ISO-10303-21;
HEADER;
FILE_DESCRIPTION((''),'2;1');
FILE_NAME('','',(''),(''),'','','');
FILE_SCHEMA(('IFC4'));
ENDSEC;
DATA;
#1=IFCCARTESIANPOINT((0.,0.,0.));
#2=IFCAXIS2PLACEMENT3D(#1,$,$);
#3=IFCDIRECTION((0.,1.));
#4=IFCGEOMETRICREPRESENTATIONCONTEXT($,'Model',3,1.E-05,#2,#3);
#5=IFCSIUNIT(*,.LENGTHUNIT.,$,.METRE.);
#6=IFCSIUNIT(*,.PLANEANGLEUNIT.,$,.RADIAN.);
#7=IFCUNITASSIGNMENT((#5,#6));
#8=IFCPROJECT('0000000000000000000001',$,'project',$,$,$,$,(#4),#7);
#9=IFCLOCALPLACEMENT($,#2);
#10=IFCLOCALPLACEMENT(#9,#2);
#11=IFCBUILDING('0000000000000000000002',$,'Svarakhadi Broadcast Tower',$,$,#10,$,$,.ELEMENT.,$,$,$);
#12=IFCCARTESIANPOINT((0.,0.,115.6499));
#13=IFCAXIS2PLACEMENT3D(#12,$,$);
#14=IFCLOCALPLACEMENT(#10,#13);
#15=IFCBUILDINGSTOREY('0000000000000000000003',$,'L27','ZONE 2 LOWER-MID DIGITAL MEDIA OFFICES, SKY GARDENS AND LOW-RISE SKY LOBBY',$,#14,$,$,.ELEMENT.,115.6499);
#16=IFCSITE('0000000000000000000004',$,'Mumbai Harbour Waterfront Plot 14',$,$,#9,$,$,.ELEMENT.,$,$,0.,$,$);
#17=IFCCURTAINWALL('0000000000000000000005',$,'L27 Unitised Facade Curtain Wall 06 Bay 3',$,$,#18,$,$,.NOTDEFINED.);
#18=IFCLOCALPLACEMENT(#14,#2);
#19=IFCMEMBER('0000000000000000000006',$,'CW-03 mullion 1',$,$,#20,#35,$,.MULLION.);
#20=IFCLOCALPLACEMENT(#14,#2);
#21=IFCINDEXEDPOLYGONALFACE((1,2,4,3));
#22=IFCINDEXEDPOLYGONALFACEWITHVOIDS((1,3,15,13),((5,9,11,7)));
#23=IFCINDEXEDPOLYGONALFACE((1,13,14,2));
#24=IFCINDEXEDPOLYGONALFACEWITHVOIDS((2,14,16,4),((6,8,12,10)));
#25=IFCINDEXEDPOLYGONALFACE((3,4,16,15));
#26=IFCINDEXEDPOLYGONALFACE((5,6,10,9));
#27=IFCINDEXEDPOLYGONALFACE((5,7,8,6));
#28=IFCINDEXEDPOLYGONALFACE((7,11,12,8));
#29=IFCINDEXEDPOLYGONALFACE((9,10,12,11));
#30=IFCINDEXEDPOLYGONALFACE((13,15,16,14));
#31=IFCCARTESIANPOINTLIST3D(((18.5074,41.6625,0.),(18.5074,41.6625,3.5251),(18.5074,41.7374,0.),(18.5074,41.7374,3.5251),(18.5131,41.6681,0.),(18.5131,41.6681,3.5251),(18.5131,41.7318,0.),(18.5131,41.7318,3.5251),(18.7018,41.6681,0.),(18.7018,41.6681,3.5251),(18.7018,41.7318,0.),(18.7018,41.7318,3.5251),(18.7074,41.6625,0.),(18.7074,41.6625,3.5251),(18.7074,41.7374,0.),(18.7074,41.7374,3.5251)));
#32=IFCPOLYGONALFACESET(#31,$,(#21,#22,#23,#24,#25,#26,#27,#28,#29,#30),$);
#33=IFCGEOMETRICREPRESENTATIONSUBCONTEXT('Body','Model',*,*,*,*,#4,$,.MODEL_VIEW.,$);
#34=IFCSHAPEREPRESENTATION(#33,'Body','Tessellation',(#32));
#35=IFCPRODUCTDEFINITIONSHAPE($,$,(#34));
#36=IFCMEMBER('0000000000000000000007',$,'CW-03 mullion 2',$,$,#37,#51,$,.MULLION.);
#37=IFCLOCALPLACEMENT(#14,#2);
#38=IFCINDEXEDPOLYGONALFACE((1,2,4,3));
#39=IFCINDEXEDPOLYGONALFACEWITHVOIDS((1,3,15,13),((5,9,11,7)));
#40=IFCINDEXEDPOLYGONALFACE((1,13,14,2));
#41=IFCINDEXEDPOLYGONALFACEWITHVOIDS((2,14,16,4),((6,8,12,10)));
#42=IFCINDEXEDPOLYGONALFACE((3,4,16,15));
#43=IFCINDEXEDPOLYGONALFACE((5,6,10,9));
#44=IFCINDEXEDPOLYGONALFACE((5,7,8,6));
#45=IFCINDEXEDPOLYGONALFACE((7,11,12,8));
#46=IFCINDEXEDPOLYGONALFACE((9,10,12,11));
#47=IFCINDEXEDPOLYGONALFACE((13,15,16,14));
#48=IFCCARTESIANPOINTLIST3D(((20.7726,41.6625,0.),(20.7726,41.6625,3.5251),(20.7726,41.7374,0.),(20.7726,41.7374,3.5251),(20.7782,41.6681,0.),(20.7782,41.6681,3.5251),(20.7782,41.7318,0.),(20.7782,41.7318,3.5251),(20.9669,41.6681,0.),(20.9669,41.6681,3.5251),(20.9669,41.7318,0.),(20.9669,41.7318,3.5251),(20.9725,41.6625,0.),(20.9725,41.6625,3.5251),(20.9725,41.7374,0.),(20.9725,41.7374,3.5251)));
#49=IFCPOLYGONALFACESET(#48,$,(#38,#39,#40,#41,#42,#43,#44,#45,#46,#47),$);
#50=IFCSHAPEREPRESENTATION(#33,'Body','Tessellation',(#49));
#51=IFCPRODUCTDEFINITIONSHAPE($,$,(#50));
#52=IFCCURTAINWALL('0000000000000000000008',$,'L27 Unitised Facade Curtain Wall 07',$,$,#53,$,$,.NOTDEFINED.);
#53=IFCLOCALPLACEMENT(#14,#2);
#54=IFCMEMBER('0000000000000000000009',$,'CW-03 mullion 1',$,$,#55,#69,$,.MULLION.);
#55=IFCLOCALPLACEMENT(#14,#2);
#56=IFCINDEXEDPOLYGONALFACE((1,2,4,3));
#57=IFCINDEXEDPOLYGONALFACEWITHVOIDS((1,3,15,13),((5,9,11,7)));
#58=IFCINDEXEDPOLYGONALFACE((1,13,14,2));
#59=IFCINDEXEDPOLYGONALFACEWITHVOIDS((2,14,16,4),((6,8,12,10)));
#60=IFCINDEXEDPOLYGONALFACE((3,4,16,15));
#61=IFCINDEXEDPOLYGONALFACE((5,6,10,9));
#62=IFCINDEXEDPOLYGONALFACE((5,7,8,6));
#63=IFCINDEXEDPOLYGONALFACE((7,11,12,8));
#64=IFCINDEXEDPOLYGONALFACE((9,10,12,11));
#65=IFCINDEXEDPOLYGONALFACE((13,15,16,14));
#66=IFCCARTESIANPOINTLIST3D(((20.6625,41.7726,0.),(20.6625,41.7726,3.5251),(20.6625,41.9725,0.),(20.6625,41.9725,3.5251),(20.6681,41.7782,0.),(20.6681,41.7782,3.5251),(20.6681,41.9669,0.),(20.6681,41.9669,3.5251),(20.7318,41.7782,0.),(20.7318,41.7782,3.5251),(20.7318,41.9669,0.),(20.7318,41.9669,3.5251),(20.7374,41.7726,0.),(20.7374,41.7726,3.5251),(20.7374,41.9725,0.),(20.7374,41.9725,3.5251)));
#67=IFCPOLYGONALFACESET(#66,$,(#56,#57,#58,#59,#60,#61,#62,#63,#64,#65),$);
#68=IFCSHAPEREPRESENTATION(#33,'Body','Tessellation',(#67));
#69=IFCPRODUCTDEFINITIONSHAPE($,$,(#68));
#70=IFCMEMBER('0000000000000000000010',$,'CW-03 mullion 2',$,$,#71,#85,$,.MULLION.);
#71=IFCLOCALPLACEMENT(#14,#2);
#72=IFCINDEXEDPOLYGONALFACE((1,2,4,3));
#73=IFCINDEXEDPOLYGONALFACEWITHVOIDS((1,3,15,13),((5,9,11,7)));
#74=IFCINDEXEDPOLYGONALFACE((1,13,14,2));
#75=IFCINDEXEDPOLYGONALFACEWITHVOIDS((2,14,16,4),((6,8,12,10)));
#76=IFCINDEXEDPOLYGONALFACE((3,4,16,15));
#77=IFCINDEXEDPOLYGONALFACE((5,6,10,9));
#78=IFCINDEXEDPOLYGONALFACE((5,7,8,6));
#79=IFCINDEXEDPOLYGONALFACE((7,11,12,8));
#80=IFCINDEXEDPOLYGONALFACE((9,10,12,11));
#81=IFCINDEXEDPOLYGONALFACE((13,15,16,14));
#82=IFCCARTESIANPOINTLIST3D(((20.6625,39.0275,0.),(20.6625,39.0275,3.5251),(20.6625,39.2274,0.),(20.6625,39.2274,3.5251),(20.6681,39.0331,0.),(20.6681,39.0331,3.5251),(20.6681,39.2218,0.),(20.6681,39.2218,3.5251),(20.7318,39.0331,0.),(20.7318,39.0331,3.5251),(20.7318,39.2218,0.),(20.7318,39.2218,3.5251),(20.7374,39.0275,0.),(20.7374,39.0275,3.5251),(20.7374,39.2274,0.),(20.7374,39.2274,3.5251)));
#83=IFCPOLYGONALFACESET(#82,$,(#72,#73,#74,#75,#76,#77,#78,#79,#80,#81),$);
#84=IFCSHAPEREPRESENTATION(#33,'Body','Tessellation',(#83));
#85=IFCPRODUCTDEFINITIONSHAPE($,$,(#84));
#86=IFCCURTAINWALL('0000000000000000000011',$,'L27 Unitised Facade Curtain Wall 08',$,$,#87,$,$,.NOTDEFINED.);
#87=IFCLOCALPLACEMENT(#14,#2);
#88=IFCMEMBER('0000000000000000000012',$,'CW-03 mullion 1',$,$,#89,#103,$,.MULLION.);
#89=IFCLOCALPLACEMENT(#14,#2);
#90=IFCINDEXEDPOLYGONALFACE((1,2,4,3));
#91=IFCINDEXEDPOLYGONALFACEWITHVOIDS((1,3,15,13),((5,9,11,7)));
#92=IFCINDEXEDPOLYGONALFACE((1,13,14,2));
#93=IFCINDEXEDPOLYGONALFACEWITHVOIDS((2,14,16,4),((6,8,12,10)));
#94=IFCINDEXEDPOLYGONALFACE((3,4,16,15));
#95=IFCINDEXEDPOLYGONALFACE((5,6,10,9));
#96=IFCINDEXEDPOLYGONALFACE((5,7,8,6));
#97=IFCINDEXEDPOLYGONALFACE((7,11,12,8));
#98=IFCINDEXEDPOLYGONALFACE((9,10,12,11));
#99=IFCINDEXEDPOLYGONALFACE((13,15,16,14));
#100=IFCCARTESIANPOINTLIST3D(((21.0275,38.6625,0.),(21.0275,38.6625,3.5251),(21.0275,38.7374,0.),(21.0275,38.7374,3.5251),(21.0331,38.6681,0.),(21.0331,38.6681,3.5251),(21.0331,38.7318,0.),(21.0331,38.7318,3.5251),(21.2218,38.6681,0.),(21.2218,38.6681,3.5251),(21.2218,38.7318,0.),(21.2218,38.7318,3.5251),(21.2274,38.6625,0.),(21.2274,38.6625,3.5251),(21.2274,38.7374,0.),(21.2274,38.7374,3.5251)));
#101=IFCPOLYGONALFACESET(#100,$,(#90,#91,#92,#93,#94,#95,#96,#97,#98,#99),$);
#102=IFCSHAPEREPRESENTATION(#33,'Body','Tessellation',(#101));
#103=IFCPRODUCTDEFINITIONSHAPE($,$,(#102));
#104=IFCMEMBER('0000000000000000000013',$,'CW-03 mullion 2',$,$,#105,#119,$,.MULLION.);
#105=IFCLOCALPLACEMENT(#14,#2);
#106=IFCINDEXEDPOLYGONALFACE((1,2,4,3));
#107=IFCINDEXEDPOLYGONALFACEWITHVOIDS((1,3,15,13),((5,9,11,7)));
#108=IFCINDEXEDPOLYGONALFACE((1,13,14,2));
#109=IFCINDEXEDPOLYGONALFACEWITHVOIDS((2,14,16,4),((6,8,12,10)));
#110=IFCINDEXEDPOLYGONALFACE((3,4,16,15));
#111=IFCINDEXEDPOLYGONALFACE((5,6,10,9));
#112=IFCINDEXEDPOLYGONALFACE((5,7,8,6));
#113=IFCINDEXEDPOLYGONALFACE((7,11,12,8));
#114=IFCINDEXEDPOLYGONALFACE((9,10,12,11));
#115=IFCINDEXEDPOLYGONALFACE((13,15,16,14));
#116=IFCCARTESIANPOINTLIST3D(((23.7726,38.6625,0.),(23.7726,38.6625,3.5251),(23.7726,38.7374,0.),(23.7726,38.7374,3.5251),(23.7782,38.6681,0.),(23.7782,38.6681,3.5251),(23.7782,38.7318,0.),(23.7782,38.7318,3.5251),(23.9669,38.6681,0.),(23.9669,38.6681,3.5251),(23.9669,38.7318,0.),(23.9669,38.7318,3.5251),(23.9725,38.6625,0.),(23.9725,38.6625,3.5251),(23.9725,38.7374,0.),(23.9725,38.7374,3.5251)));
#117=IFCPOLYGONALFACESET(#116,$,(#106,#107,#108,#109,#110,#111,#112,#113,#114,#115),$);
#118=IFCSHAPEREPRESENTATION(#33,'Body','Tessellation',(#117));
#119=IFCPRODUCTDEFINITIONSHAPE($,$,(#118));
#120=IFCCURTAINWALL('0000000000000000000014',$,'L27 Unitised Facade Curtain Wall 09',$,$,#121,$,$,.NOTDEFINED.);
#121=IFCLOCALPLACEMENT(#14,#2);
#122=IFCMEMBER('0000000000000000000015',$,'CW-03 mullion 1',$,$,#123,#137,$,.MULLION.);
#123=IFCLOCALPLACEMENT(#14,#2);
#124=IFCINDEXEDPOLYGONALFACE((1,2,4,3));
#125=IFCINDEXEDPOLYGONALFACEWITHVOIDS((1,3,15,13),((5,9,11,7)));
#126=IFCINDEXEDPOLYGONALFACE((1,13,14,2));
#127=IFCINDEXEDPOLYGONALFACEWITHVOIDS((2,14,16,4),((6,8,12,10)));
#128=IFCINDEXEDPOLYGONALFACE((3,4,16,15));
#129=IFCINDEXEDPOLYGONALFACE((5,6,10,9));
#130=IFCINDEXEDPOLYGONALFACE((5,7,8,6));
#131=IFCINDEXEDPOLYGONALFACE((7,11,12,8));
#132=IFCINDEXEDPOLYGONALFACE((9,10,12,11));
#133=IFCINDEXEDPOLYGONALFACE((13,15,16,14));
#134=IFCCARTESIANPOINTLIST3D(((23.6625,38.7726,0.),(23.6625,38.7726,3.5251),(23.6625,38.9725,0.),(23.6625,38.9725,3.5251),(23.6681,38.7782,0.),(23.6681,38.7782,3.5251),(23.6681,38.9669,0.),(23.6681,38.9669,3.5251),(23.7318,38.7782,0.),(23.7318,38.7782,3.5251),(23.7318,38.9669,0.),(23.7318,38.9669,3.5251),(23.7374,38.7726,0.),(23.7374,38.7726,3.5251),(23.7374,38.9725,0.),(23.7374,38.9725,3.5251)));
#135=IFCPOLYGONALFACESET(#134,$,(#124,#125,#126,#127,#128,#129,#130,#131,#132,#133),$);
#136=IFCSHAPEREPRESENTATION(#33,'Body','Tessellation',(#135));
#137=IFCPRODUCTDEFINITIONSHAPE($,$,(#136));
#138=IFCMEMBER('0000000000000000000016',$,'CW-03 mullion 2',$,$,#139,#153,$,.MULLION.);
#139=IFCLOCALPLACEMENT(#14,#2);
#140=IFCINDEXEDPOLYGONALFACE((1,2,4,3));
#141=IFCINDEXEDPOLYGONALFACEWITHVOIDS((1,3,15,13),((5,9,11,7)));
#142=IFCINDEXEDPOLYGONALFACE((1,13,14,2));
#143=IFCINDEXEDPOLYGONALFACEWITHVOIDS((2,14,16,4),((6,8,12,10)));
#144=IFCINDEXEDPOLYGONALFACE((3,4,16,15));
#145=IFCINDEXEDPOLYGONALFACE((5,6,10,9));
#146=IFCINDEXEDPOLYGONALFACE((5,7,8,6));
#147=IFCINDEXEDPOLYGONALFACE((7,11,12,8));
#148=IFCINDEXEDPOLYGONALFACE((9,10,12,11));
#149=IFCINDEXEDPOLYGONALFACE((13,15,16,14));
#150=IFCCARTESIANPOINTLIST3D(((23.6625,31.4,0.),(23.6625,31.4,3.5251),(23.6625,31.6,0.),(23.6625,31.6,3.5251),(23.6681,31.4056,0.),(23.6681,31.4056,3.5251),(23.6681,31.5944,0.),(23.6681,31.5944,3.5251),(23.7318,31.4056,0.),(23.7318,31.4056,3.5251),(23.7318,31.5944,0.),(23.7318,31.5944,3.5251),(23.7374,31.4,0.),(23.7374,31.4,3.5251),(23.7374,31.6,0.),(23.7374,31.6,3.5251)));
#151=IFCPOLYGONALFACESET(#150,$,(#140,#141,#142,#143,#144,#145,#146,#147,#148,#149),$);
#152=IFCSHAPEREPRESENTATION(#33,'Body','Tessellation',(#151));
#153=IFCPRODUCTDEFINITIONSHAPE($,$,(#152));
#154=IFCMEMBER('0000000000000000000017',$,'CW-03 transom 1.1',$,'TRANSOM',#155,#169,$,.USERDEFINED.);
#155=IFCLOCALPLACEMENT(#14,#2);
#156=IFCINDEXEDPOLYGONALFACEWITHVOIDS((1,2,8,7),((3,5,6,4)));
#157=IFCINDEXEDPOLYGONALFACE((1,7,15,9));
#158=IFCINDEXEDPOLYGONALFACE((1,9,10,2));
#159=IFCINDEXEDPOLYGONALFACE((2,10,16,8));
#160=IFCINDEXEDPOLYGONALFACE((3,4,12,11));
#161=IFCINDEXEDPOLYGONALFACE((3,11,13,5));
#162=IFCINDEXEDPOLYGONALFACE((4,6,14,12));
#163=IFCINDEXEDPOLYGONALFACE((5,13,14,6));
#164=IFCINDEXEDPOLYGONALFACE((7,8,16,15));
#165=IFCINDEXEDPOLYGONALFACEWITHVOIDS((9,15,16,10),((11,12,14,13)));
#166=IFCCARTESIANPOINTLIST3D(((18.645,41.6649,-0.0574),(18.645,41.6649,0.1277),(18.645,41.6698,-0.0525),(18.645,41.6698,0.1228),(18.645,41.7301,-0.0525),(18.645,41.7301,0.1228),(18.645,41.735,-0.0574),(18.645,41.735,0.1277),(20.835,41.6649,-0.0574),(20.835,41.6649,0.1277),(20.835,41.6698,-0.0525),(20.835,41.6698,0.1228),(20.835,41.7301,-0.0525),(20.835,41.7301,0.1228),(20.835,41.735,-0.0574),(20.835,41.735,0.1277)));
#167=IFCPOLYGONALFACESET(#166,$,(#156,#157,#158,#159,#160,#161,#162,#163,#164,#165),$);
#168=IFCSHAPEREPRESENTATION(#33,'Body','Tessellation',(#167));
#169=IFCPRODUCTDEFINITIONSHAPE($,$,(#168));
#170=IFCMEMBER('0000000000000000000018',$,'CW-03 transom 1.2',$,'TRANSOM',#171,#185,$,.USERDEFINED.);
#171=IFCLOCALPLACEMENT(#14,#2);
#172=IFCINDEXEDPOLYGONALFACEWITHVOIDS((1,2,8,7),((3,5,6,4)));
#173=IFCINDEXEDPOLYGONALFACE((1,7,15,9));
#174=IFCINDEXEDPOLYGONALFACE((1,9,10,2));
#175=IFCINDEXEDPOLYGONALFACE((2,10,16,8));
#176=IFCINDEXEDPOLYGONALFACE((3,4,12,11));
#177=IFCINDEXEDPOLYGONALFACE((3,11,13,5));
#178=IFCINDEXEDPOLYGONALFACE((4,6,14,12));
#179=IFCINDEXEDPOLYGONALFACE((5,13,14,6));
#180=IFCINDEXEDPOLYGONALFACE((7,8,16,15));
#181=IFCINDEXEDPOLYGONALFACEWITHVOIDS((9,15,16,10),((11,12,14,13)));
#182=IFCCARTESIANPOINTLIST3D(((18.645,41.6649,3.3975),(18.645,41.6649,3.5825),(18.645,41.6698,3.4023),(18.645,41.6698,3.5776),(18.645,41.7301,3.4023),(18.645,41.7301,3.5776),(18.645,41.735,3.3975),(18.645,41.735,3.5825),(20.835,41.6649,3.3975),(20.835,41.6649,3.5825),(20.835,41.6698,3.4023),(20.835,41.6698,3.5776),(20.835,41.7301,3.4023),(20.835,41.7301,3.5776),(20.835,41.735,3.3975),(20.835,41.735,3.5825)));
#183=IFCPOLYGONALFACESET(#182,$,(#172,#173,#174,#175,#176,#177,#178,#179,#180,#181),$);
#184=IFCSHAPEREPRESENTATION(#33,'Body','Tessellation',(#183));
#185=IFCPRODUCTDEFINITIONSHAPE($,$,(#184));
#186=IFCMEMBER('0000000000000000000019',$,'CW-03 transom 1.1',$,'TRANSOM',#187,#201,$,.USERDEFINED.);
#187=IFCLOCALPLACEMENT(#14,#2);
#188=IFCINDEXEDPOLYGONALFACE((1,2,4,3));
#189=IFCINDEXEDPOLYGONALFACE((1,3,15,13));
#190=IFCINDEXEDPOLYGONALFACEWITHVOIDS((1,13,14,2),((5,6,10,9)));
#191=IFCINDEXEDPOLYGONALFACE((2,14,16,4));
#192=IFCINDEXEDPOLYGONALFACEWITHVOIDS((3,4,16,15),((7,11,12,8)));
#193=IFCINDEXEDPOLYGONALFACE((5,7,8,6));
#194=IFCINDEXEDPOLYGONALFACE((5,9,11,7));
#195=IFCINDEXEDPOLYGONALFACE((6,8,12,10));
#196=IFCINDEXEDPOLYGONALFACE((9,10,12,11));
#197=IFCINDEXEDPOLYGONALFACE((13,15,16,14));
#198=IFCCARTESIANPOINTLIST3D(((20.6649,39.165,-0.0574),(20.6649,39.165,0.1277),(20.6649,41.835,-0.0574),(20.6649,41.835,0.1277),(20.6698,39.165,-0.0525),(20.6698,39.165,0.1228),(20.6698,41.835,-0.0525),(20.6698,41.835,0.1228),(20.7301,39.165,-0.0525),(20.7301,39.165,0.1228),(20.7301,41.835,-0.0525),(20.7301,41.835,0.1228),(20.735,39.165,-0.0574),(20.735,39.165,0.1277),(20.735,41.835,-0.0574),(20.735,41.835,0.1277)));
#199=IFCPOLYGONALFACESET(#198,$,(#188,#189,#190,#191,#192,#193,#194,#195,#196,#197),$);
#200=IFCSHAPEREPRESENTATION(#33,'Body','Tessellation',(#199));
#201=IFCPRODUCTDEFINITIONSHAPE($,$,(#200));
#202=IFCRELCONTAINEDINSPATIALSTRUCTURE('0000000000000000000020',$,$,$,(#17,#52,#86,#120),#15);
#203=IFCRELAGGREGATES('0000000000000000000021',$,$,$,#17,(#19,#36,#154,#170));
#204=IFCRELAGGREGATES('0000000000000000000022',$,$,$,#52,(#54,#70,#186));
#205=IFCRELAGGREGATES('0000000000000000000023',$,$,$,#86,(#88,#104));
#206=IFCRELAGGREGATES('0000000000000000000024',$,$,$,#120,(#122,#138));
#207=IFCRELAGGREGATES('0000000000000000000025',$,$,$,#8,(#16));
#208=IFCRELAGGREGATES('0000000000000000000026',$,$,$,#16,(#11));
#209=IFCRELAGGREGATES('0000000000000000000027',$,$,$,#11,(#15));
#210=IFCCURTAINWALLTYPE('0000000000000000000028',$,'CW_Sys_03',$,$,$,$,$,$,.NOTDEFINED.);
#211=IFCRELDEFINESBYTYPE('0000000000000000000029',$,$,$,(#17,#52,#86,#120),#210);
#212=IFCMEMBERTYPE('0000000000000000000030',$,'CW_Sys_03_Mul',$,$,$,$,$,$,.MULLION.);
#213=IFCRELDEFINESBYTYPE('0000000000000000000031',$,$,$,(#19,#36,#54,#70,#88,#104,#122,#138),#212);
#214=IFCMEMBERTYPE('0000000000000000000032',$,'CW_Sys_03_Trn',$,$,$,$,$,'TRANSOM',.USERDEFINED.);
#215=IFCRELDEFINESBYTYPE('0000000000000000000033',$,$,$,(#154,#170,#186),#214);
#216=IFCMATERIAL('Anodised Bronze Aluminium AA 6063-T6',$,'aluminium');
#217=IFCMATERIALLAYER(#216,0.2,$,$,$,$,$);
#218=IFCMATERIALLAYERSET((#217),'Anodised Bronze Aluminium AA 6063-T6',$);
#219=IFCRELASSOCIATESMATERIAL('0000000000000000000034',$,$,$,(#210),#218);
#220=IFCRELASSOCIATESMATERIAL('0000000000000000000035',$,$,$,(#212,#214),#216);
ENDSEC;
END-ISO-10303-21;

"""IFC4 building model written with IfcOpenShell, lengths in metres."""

from ifc_helpers import new_model, si_unit, direction, frame, origin, origin_2d, place, context, subcontext, project, spatial, hollow_rectangle, extrude, material, layer, layer_set, material_profile, profile_set, type_object, element, aggregate, save


model = new_model("IFC4")

# Units and contexts
model_context = context("Model", 3, precision=1e-05, world=origin(), true_north=direction((0.0, 1.0)))
body_context = subcontext(model_context, "Body", "Model", "MODEL_VIEW")
ifc_project = project(units=[si_unit("LENGTHUNIT", "METRE"), si_unit("PLANEANGLEUNIT", "RADIAN")], contexts=[model_context])

# Site, building, storey
site_placement = place(None, origin())
site = spatial("IfcSite", under=ifc_project, at=site_placement, Name="Mumbai Harbour Waterfront Plot 14", CompositionType="ELEMENT", RefElevation=0.0)
building_placement = place(site_placement, origin())
building = spatial("IfcBuilding", under=site, at=building_placement, Name="Svarakhadi Broadcast Tower", CompositionType="ELEMENT")
storey_placement = place(building_placement, frame((0.0, 0.0, 115.6499)))
storey = spatial("IfcBuildingStorey", under=building, at=storey_placement, Name="L27", Description="ZONE 2 LOWER-MID DIGITAL MEDIA OFFICES, SKY GARDENS AND LOW-RISE SKY LOBBY", CompositionType="ELEMENT", Elevation=115.6499)

# Curtain walls, members
ifc_material_1 = material(Name="Anodised Bronze Aluminium AA 6063-T6", Category="aluminium")
ifc_layer_1 = layer(ifc_material_1, 0.2)
ifc_layer_set_1 = layer_set([ifc_layer_1], Name="Anodised Bronze Aluminium AA 6063-T6")
curtain_wall_type = type_object("IfcCurtainWallType", Name="CW_Sys_03", PredefinedType="NOTDEFINED", material=ifc_layer_set_1)
curtain_wall_1_placement = place(storey_placement, origin())
curtain_wall_1 = element("IfcCurtainWall", 1, at=curtain_wall_1_placement, inside=storey, type_object=curtain_wall_type, Name="L27 Unitised Facade Curtain Wall 06 Bay 3", PredefinedType="NOTDEFINED")
ifc_material_profile_1 = material_profile(ifc_material_1, hollow_rectangle(XDim=0.075, YDim=0.2, WallThickness=0.0056, at=origin_2d()), Name="ALU MULLION 200x75x6")
ifc_profile_set_1 = profile_set([ifc_material_profile_1], Name="Anodised Bronze Aluminium AA 6063-T6")
member_type_1 = type_object("IfcMemberType", Name="CW_Sys_03_Mul", PredefinedType="MULLION", material=ifc_profile_set_1)
member_1_placement = place(storey_placement, frame((18.6074, 41.7, 0.0), z_axis=(0.0, 0.0, 1.0), x_axis=(0.0, 1.0, 0.0)))
member_1 = element("IfcMember", 2, at=member_1_placement, type_object=member_type_1, Name="CW-03 mullion 1", PredefinedType="MULLION", context=body_context, shape_type="SweptSolid", body=[
    extrude(hollow_rectangle(XDim=0.075, YDim=0.2, WallThickness=0.0056, at=origin_2d()), origin(), (0.0, 0.0, 1.0), 3.5251),
])
member_2_placement = place(storey_placement, frame((20.8726, 41.7, 0.0), z_axis=(0.0, 0.0, 1.0), x_axis=(0.0, 1.0, 0.0)))
member_2 = element("IfcMember", 3, at=member_2_placement, type_object=member_type_1, Name="CW-03 mullion 2", PredefinedType="MULLION", context=body_context, shape_type="SweptSolid", body=[
    extrude(hollow_rectangle(XDim=0.075, YDim=0.2, WallThickness=0.0056, at=origin_2d()), origin(), (0.0, 0.0, 1.0), 3.5251),
])
curtain_wall_2_placement = place(storey_placement, origin())
curtain_wall_2 = element("IfcCurtainWall", 4, at=curtain_wall_2_placement, inside=storey, type_object=curtain_wall_type, Name="L27 Unitised Facade Curtain Wall 07", PredefinedType="NOTDEFINED")
member_3_placement = place(storey_placement, frame((20.7, 41.8726, 0.0), z_axis=(0.0, 0.0, 1.0), x_axis=(1.0, 0.0, 0.0)))
member_3 = element("IfcMember", 5, at=member_3_placement, type_object=member_type_1, Name="CW-03 mullion 1", PredefinedType="MULLION", context=body_context, shape_type="SweptSolid", body=[
    extrude(hollow_rectangle(XDim=0.075, YDim=0.2, WallThickness=0.0056, at=origin_2d()), origin(), (0.0, 0.0, 1.0), 3.5251),
])
member_4_placement = place(storey_placement, frame((20.7, 39.1274, 0.0), z_axis=(0.0, 0.0, 1.0), x_axis=(1.0, 0.0, 0.0)))
member_4 = element("IfcMember", 6, at=member_4_placement, type_object=member_type_1, Name="CW-03 mullion 2", PredefinedType="MULLION", context=body_context, shape_type="SweptSolid", body=[
    extrude(hollow_rectangle(XDim=0.075, YDim=0.2, WallThickness=0.0056, at=origin_2d()), origin(), (0.0, 0.0, 1.0), 3.5251),
])
curtain_wall_3_placement = place(storey_placement, origin())
curtain_wall_3 = element("IfcCurtainWall", 7, at=curtain_wall_3_placement, inside=storey, type_object=curtain_wall_type, Name="L27 Unitised Facade Curtain Wall 08", PredefinedType="NOTDEFINED")
member_5_placement = place(storey_placement, frame((21.1274, 38.7, 0.0), z_axis=(0.0, 0.0, 1.0), x_axis=(0.0, 1.0, 0.0)))
member_5 = element("IfcMember", 8, at=member_5_placement, type_object=member_type_1, Name="CW-03 mullion 1", PredefinedType="MULLION", context=body_context, shape_type="SweptSolid", body=[
    extrude(hollow_rectangle(XDim=0.075, YDim=0.2, WallThickness=0.0056, at=origin_2d()), origin(), (0.0, 0.0, 1.0), 3.5251),
])
member_6_placement = place(storey_placement, frame((23.8726, 38.7, 0.0), z_axis=(0.0, 0.0, 1.0), x_axis=(0.0, 1.0, 0.0)))
member_6 = element("IfcMember", 9, at=member_6_placement, type_object=member_type_1, Name="CW-03 mullion 2", PredefinedType="MULLION", context=body_context, shape_type="SweptSolid", body=[
    extrude(hollow_rectangle(XDim=0.075, YDim=0.2, WallThickness=0.0056, at=origin_2d()), origin(), (0.0, 0.0, 1.0), 3.5251),
])
curtain_wall_4_placement = place(storey_placement, origin())
curtain_wall_4 = element("IfcCurtainWall", 10, at=curtain_wall_4_placement, inside=storey, type_object=curtain_wall_type, Name="L27 Unitised Facade Curtain Wall 09", PredefinedType="NOTDEFINED")
member_7_placement = place(storey_placement, frame((23.7, 38.8726, 0.0), z_axis=(0.0, 0.0, 1.0), x_axis=(1.0, 0.0, 0.0)))
member_7 = element("IfcMember", 11, at=member_7_placement, type_object=member_type_1, Name="CW-03 mullion 1", PredefinedType="MULLION", context=body_context, shape_type="SweptSolid", body=[
    extrude(hollow_rectangle(XDim=0.075, YDim=0.2, WallThickness=0.0056, at=origin_2d()), origin(), (0.0, 0.0, 1.0), 3.5251),
])
member_8_placement = place(storey_placement, frame((23.7, 31.5, 0.0), z_axis=(0.0, 0.0, 1.0), x_axis=(1.0, 0.0, 0.0)))
member_8 = element("IfcMember", 12, at=member_8_placement, type_object=member_type_1, Name="CW-03 mullion 2", PredefinedType="MULLION", context=body_context, shape_type="SweptSolid", body=[
    extrude(hollow_rectangle(XDim=0.075, YDim=0.2, WallThickness=0.0056, at=origin_2d()), origin(), (0.0, 0.0, 1.0), 3.5251),
])

# Members
ifc_material_profile_2 = material_profile(ifc_material_1, hollow_rectangle(XDim=0.0701, YDim=0.1851, WallThickness=0.0049, at=origin_2d()), Name="ALU TRANSOM 185x70x5")
ifc_profile_set_2 = profile_set([ifc_material_profile_2], Name="Anodised Bronze Aluminium AA 6063-T6")
member_type_2 = type_object("IfcMemberType", Name="CW_Sys_03_Trn", ElementType="TRANSOM", PredefinedType="USERDEFINED", material=ifc_profile_set_2)
member_9_placement = place(storey_placement, frame((18.645, 41.7, 0.0352), z_axis=(1.0, 0.0, 0.0), x_axis=(0.0, 1.0, 0.0)))
member_9 = element("IfcMember", 13, at=member_9_placement, type_object=member_type_2, Name="CW-03 transom 1.1", ObjectType="TRANSOM", PredefinedType="USERDEFINED", context=body_context, shape_type="SweptSolid", body=[
    extrude(hollow_rectangle(XDim=0.0701, YDim=0.1851, WallThickness=0.0049, at=origin_2d()), origin(), (0.0, 0.0, 1.0), 2.1899),
])
member_10_placement = place(storey_placement, frame((18.645, 41.7, 3.49), z_axis=(1.0, 0.0, 0.0), x_axis=(0.0, 1.0, 0.0)))
member_10 = element("IfcMember", 14, at=member_10_placement, type_object=member_type_2, Name="CW-03 transom 1.2", ObjectType="TRANSOM", PredefinedType="USERDEFINED", context=body_context, shape_type="SweptSolid", body=[
    extrude(hollow_rectangle(XDim=0.0701, YDim=0.1851, WallThickness=0.0049, at=origin_2d()), origin(), (0.0, 0.0, 1.0), 2.1899),
])
member_11_placement = place(storey_placement, frame((20.7, 41.835, 0.0352), z_axis=(0.0, -1.0, 0.0), x_axis=(1.0, 0.0, 0.0)))
member_11 = element("IfcMember", 15, at=member_11_placement, type_object=member_type_2, Name="CW-03 transom 1.1", ObjectType="TRANSOM", PredefinedType="USERDEFINED", context=body_context, shape_type="SweptSolid", body=[
    extrude(hollow_rectangle(XDim=0.0701, YDim=0.1851, WallThickness=0.0049, at=origin_2d()), origin(), (0.0, 0.0, 1.0), 2.6699),
])

aggregate(curtain_wall_1, [member_1, member_2, member_9, member_10])
aggregate(curtain_wall_2, [member_3, member_4, member_11])
aggregate(curtain_wall_3, [member_5, member_6])
aggregate(curtain_wall_4, [member_7, member_8])

save(model, "model.ifc")
